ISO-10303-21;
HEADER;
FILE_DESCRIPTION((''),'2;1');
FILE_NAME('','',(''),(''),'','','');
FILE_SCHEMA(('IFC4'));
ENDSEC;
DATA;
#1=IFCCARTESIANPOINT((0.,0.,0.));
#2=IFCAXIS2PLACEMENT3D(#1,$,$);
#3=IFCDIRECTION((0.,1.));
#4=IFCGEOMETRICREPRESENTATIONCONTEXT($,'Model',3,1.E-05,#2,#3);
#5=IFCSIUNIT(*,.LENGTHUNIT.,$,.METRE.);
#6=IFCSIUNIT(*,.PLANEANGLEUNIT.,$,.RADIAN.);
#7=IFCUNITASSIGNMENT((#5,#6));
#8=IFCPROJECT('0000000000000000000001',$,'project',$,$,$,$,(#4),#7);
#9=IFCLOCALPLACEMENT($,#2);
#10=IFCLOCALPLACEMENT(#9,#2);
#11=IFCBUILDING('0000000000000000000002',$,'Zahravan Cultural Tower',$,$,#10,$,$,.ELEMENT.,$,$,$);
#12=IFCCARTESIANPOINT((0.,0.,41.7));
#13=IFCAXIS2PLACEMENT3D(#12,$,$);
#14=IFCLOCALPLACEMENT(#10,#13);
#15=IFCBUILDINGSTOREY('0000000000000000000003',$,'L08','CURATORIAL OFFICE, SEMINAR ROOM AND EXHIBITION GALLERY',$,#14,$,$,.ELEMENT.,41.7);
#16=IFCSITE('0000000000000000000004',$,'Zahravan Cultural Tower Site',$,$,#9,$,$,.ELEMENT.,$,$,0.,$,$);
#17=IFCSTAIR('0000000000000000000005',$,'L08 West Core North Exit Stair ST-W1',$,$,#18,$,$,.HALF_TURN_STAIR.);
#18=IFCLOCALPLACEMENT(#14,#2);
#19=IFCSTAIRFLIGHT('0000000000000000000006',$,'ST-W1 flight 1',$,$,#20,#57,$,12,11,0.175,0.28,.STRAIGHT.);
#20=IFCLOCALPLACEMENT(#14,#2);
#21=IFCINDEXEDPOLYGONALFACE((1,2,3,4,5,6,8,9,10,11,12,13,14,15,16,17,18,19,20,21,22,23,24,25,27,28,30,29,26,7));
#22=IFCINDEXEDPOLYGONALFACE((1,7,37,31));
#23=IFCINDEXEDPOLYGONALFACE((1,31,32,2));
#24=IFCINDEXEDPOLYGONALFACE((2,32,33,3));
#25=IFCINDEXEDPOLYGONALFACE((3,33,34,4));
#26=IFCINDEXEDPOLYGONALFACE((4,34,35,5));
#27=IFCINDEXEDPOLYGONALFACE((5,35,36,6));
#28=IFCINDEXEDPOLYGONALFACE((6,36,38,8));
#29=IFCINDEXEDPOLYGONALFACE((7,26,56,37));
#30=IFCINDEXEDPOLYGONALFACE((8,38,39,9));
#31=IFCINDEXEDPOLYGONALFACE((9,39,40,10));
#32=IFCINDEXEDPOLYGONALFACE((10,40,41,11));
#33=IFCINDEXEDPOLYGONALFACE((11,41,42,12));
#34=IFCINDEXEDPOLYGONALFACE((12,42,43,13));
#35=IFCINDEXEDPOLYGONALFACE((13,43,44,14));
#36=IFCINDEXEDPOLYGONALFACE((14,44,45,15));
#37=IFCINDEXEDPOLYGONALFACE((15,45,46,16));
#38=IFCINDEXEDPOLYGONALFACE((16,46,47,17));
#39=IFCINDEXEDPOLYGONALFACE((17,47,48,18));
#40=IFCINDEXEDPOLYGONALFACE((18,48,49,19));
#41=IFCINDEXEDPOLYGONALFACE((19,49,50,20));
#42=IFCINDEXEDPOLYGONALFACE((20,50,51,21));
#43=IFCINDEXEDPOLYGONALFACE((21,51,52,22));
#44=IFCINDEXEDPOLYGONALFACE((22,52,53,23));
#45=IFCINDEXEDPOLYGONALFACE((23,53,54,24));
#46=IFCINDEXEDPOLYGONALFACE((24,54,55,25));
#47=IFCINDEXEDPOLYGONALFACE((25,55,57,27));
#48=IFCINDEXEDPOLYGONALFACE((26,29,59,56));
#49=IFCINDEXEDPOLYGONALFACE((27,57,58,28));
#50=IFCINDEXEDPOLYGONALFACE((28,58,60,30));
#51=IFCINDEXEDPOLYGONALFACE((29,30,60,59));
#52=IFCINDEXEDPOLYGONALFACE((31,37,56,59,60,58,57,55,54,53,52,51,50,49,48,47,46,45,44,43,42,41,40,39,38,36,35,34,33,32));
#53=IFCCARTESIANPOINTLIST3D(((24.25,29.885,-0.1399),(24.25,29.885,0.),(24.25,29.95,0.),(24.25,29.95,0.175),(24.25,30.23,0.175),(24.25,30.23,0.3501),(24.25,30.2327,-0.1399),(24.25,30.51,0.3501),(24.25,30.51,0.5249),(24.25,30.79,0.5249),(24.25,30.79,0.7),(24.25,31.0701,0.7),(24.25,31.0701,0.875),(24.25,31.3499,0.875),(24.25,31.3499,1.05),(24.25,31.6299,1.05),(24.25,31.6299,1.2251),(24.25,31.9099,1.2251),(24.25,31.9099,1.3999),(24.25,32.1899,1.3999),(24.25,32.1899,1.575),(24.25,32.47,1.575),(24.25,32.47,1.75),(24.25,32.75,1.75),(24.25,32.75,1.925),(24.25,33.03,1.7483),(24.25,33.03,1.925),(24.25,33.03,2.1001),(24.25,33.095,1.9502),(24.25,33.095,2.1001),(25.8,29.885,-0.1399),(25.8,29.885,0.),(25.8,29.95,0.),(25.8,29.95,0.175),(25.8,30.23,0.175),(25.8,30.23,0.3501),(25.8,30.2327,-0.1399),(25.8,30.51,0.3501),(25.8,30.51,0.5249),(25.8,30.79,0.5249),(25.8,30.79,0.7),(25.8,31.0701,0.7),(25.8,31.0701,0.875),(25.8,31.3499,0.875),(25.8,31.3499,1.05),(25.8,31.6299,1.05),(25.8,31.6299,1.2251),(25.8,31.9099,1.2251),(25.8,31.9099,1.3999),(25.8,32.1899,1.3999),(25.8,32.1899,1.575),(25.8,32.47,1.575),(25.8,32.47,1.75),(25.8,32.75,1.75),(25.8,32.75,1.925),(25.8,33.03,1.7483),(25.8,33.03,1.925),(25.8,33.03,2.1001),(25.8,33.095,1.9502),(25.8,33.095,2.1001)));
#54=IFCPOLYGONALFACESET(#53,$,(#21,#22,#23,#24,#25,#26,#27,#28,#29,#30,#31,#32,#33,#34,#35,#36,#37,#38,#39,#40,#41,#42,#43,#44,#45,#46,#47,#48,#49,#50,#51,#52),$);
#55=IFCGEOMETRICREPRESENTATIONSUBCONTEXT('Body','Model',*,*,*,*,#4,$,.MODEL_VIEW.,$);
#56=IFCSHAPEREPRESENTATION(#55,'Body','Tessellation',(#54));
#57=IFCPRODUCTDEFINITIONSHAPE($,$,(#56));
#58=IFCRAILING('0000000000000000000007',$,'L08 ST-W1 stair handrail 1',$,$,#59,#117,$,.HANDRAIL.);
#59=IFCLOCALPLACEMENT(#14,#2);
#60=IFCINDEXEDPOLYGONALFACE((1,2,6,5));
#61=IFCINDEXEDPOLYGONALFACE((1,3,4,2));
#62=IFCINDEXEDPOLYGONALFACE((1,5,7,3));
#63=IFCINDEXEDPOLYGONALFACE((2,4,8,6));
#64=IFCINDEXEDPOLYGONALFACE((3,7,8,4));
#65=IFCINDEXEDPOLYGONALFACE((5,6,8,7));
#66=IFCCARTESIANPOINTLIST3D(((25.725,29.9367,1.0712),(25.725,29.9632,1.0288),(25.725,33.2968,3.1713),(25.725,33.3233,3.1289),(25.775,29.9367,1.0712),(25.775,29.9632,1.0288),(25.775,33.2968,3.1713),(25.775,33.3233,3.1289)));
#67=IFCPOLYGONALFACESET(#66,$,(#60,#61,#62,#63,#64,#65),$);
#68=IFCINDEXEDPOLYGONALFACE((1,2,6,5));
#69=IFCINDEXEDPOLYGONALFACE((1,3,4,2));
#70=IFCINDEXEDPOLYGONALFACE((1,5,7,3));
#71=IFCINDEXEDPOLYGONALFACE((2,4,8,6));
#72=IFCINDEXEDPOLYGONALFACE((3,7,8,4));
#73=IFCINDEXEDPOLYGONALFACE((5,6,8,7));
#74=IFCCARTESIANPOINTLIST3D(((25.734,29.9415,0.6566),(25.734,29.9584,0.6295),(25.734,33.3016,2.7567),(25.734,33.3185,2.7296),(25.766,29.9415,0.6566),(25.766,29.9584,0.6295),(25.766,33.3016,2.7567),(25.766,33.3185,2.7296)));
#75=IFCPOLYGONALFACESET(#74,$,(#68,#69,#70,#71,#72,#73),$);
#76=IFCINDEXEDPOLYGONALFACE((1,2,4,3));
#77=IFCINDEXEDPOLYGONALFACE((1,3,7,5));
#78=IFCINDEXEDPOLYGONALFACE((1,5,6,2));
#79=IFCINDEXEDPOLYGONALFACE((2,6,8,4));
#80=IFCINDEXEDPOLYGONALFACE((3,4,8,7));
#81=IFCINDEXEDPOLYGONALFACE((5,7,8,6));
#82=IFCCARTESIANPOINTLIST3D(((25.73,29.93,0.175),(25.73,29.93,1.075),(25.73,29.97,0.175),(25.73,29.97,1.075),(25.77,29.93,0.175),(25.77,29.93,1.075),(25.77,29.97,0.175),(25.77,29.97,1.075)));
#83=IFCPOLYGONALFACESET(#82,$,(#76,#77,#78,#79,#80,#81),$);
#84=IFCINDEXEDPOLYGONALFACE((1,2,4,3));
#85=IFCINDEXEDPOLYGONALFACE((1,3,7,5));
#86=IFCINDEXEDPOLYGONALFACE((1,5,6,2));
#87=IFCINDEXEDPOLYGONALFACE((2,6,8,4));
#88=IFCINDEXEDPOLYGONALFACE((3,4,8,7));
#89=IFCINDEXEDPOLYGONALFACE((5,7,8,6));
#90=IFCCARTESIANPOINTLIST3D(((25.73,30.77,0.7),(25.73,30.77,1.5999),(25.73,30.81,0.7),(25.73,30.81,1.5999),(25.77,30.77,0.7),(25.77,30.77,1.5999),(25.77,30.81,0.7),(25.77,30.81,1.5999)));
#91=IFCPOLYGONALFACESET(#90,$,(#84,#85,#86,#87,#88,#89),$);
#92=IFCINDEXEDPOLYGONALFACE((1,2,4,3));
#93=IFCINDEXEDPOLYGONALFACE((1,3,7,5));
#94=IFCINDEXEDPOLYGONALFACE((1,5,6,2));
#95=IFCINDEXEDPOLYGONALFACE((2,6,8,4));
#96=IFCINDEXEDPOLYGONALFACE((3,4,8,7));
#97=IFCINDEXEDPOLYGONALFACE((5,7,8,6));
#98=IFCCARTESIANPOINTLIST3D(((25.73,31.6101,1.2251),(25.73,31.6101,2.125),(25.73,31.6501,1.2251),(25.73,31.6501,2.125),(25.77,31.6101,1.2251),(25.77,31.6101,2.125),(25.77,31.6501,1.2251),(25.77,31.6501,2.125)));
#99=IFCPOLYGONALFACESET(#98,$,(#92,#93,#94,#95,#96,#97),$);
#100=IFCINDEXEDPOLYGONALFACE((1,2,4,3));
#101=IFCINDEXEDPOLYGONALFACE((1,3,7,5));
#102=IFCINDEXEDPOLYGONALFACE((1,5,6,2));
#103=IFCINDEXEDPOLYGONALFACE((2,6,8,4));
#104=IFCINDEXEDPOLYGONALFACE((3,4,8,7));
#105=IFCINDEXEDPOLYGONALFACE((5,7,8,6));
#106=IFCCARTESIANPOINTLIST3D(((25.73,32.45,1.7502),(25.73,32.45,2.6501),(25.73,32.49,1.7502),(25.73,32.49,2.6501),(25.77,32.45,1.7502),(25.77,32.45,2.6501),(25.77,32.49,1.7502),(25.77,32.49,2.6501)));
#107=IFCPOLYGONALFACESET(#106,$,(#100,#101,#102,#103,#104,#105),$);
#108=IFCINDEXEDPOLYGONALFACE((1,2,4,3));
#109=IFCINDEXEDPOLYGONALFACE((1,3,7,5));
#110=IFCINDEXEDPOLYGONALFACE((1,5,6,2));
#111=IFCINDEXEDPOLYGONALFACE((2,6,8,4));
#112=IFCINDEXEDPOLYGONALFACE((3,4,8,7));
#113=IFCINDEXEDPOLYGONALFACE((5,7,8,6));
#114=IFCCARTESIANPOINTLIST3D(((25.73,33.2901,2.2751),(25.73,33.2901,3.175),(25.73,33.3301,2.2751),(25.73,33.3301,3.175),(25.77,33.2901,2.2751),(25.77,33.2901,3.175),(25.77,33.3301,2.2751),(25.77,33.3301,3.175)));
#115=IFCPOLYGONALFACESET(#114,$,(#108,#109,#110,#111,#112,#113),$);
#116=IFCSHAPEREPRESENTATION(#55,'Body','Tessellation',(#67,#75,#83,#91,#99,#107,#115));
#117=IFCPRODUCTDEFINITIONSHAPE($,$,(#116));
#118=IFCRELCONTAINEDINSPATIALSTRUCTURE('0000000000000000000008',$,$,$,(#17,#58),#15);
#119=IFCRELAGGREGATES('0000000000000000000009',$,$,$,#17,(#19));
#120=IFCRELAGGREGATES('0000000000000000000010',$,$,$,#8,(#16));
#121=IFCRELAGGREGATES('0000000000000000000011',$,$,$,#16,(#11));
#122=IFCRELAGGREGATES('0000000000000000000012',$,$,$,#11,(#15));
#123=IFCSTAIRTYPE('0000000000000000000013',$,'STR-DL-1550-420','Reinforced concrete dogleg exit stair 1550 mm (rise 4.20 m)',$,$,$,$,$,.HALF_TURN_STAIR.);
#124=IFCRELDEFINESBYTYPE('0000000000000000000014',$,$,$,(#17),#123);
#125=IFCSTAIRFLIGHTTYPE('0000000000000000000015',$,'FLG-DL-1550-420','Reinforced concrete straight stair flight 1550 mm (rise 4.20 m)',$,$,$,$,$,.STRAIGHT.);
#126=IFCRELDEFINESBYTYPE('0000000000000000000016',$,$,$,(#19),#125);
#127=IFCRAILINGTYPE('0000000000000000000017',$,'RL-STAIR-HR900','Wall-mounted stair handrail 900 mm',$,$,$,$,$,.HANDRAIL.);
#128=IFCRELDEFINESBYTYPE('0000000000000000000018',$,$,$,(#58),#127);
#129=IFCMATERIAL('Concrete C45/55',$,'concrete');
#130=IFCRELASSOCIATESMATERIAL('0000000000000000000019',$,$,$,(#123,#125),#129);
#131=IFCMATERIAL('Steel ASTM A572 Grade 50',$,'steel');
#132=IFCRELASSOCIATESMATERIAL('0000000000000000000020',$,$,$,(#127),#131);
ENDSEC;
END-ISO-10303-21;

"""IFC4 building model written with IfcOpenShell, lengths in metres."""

from ifc_helpers import new_model, si_unit, direction, frame, origin, origin_2d, place, context, subcontext, project, spatial, polyline, rectangle, outline, extrude, material, type_object, element, aggregate, save


model = new_model("IFC4")

# Units and contexts
model_context = context("Model", 3, precision=1e-05, world=origin(), true_north=direction((0.0, 1.0)))
body_context = subcontext(model_context, "Body", "Model", "MODEL_VIEW")
ifc_project = project(units=[si_unit("LENGTHUNIT", "METRE"), si_unit("PLANEANGLEUNIT", "RADIAN")], contexts=[model_context])

# Site, building, storey
site_placement = place(None, origin())
site = spatial("IfcSite", under=ifc_project, at=site_placement, Name="Zahravan Cultural Tower Site", CompositionType="ELEMENT", RefElevation=0.0)
building_placement = place(site_placement, origin())
building = spatial("IfcBuilding", under=site, at=building_placement, Name="Zahravan Cultural Tower", CompositionType="ELEMENT")
storey_placement = place(building_placement, frame((0.0, 0.0, 41.7)))
storey = spatial("IfcBuildingStorey", under=building, at=storey_placement, Name="L08", Description="CURATORIAL OFFICE, SEMINAR ROOM AND EXHIBITION GALLERY", CompositionType="ELEMENT", Elevation=41.7)

# Shared definitions
ifc_material_1 = material(Name="Steel ASTM A572 Grade 50", Category="steel")
ifc_material_2 = material(Name="Concrete C45/55", Category="concrete")

# Stair, stair flight
stair_type = type_object("IfcStairType", Name="STR-DL-1550-420", Description="Reinforced concrete dogleg exit stair 1550 mm (rise 4.20 m)", PredefinedType="HALF_TURN_STAIR", material=ifc_material_2)
stair_placement = place(storey_placement, origin())
stair = element("IfcStair", 1, at=stair_placement, inside=storey, type_object=stair_type, Name="L08 West Core North Exit Stair ST-W1", PredefinedType="HALF_TURN_STAIR")
stair_flight_type = type_object("IfcStairFlightType", Name="FLG-DL-1550-420", Description="Reinforced concrete straight stair flight 1550 mm (rise 4.20 m)", PredefinedType="STRAIGHT", material=ifc_material_2)
stair_flight_placement = place(storey_placement, frame((25.0249, 29.95, 0.0), z_axis=(0.0, 0.0, 1.0), x_axis=(0.0, 1.0, 0.0)))
stair_flight = element("IfcStairFlight", 2, at=stair_flight_placement, type_object=stair_flight_type, Name="ST-W1 flight 1", NumberOfRisers=12, NumberOfTreads=11, PredefinedType="STRAIGHT", RiserHeight=0.175, TreadLength=0.28, context=body_context, shape_type="SweptSolid", body=[
    extrude(outline(polyline([(-0.0649, -0.1399), (-0.0649, 0.0), (0.0, 0.0), (0.0, 0.175), (0.28, 0.175), (0.28, 0.3501), (0.5601, 0.3501), (0.5601, 0.5249), (0.8401, 0.5249), (0.8401, 0.7), (1.1201, 0.7), (1.1201, 0.875), (1.3999, 0.875), (1.3999, 1.05), (1.6799, 1.05), (1.6799, 1.2251), (1.96, 1.2251), (1.96, 1.3999), (2.24, 1.3999), (2.24, 1.575), (2.52, 1.575), (2.52, 1.75), (2.8, 1.75), (2.8, 1.925), (3.0801, 1.925), (3.0801, 2.1001), (3.145, 2.1001), (3.145, 1.9502), (3.0801, 1.7483), (0.2827, -0.1399), (-0.0649, -0.1399)])), frame((0.0, 0.7749, 0.0), z_axis=(0.0, -1.0, 0.0), x_axis=(1.0, 0.0, 0.0)), (0.0, 0.0, 1.0), 1.55),
])
aggregate(stair, [stair_flight])

# Railing
railing_type = type_object("IfcRailingType", Name="RL-STAIR-HR900", Description="Wall-mounted stair handrail 900 mm", PredefinedType="HANDRAIL", material=ifc_material_1)
railing_placement = place(storey_placement, frame((25.75, 29.95, 0.175)))
element("IfcRailing", 3, at=railing_placement, inside=storey, type_object=railing_type, Name="L08 ST-W1 stair handrail 1", PredefinedType="HANDRAIL", context=body_context, shape_type="SweptSolid", body=[
    extrude(rectangle(XDim=0.05, YDim=0.05, at=origin_2d()), frame((0.0, 0.0, 0.875), z_axis=(0.0, 0.847995, 0.530004), x_axis=(-1.0, 0.0, 0.0)), (0.0, 0.0, 1.0), 3.9624),
    extrude(rectangle(XDim=0.032, YDim=0.032, at=origin_2d()), frame((0.0, 0.0, 0.468), z_axis=(0.0, 0.847995, 0.530004), x_axis=(-1.0, 0.0, 0.0)), (0.0, 0.0, 1.0), 3.9624),
    extrude(rectangle(XDim=0.04, YDim=0.04, at=origin_2d()), origin(), (0.0, 0.0, 1.0), 0.8999),
    extrude(rectangle(XDim=0.04, YDim=0.04, at=origin_2d()), frame((0.0, 0.8401, 0.5249)), (0.0, 0.0, 1.0), 0.8999),
    extrude(rectangle(XDim=0.04, YDim=0.04, at=origin_2d()), frame((0.0, 1.6802, 1.05)), (0.0, 0.0, 1.0), 0.8999),
    extrude(rectangle(XDim=0.04, YDim=0.04, at=origin_2d()), frame((0.0, 2.52, 1.5752)), (0.0, 0.0, 1.0), 0.8999),
    extrude(rectangle(XDim=0.04, YDim=0.04, at=origin_2d()), frame((0.0, 3.3601, 2.1001)), (0.0, 0.0, 1.0), 0.8999),
])

save(model, "model.ifc")
